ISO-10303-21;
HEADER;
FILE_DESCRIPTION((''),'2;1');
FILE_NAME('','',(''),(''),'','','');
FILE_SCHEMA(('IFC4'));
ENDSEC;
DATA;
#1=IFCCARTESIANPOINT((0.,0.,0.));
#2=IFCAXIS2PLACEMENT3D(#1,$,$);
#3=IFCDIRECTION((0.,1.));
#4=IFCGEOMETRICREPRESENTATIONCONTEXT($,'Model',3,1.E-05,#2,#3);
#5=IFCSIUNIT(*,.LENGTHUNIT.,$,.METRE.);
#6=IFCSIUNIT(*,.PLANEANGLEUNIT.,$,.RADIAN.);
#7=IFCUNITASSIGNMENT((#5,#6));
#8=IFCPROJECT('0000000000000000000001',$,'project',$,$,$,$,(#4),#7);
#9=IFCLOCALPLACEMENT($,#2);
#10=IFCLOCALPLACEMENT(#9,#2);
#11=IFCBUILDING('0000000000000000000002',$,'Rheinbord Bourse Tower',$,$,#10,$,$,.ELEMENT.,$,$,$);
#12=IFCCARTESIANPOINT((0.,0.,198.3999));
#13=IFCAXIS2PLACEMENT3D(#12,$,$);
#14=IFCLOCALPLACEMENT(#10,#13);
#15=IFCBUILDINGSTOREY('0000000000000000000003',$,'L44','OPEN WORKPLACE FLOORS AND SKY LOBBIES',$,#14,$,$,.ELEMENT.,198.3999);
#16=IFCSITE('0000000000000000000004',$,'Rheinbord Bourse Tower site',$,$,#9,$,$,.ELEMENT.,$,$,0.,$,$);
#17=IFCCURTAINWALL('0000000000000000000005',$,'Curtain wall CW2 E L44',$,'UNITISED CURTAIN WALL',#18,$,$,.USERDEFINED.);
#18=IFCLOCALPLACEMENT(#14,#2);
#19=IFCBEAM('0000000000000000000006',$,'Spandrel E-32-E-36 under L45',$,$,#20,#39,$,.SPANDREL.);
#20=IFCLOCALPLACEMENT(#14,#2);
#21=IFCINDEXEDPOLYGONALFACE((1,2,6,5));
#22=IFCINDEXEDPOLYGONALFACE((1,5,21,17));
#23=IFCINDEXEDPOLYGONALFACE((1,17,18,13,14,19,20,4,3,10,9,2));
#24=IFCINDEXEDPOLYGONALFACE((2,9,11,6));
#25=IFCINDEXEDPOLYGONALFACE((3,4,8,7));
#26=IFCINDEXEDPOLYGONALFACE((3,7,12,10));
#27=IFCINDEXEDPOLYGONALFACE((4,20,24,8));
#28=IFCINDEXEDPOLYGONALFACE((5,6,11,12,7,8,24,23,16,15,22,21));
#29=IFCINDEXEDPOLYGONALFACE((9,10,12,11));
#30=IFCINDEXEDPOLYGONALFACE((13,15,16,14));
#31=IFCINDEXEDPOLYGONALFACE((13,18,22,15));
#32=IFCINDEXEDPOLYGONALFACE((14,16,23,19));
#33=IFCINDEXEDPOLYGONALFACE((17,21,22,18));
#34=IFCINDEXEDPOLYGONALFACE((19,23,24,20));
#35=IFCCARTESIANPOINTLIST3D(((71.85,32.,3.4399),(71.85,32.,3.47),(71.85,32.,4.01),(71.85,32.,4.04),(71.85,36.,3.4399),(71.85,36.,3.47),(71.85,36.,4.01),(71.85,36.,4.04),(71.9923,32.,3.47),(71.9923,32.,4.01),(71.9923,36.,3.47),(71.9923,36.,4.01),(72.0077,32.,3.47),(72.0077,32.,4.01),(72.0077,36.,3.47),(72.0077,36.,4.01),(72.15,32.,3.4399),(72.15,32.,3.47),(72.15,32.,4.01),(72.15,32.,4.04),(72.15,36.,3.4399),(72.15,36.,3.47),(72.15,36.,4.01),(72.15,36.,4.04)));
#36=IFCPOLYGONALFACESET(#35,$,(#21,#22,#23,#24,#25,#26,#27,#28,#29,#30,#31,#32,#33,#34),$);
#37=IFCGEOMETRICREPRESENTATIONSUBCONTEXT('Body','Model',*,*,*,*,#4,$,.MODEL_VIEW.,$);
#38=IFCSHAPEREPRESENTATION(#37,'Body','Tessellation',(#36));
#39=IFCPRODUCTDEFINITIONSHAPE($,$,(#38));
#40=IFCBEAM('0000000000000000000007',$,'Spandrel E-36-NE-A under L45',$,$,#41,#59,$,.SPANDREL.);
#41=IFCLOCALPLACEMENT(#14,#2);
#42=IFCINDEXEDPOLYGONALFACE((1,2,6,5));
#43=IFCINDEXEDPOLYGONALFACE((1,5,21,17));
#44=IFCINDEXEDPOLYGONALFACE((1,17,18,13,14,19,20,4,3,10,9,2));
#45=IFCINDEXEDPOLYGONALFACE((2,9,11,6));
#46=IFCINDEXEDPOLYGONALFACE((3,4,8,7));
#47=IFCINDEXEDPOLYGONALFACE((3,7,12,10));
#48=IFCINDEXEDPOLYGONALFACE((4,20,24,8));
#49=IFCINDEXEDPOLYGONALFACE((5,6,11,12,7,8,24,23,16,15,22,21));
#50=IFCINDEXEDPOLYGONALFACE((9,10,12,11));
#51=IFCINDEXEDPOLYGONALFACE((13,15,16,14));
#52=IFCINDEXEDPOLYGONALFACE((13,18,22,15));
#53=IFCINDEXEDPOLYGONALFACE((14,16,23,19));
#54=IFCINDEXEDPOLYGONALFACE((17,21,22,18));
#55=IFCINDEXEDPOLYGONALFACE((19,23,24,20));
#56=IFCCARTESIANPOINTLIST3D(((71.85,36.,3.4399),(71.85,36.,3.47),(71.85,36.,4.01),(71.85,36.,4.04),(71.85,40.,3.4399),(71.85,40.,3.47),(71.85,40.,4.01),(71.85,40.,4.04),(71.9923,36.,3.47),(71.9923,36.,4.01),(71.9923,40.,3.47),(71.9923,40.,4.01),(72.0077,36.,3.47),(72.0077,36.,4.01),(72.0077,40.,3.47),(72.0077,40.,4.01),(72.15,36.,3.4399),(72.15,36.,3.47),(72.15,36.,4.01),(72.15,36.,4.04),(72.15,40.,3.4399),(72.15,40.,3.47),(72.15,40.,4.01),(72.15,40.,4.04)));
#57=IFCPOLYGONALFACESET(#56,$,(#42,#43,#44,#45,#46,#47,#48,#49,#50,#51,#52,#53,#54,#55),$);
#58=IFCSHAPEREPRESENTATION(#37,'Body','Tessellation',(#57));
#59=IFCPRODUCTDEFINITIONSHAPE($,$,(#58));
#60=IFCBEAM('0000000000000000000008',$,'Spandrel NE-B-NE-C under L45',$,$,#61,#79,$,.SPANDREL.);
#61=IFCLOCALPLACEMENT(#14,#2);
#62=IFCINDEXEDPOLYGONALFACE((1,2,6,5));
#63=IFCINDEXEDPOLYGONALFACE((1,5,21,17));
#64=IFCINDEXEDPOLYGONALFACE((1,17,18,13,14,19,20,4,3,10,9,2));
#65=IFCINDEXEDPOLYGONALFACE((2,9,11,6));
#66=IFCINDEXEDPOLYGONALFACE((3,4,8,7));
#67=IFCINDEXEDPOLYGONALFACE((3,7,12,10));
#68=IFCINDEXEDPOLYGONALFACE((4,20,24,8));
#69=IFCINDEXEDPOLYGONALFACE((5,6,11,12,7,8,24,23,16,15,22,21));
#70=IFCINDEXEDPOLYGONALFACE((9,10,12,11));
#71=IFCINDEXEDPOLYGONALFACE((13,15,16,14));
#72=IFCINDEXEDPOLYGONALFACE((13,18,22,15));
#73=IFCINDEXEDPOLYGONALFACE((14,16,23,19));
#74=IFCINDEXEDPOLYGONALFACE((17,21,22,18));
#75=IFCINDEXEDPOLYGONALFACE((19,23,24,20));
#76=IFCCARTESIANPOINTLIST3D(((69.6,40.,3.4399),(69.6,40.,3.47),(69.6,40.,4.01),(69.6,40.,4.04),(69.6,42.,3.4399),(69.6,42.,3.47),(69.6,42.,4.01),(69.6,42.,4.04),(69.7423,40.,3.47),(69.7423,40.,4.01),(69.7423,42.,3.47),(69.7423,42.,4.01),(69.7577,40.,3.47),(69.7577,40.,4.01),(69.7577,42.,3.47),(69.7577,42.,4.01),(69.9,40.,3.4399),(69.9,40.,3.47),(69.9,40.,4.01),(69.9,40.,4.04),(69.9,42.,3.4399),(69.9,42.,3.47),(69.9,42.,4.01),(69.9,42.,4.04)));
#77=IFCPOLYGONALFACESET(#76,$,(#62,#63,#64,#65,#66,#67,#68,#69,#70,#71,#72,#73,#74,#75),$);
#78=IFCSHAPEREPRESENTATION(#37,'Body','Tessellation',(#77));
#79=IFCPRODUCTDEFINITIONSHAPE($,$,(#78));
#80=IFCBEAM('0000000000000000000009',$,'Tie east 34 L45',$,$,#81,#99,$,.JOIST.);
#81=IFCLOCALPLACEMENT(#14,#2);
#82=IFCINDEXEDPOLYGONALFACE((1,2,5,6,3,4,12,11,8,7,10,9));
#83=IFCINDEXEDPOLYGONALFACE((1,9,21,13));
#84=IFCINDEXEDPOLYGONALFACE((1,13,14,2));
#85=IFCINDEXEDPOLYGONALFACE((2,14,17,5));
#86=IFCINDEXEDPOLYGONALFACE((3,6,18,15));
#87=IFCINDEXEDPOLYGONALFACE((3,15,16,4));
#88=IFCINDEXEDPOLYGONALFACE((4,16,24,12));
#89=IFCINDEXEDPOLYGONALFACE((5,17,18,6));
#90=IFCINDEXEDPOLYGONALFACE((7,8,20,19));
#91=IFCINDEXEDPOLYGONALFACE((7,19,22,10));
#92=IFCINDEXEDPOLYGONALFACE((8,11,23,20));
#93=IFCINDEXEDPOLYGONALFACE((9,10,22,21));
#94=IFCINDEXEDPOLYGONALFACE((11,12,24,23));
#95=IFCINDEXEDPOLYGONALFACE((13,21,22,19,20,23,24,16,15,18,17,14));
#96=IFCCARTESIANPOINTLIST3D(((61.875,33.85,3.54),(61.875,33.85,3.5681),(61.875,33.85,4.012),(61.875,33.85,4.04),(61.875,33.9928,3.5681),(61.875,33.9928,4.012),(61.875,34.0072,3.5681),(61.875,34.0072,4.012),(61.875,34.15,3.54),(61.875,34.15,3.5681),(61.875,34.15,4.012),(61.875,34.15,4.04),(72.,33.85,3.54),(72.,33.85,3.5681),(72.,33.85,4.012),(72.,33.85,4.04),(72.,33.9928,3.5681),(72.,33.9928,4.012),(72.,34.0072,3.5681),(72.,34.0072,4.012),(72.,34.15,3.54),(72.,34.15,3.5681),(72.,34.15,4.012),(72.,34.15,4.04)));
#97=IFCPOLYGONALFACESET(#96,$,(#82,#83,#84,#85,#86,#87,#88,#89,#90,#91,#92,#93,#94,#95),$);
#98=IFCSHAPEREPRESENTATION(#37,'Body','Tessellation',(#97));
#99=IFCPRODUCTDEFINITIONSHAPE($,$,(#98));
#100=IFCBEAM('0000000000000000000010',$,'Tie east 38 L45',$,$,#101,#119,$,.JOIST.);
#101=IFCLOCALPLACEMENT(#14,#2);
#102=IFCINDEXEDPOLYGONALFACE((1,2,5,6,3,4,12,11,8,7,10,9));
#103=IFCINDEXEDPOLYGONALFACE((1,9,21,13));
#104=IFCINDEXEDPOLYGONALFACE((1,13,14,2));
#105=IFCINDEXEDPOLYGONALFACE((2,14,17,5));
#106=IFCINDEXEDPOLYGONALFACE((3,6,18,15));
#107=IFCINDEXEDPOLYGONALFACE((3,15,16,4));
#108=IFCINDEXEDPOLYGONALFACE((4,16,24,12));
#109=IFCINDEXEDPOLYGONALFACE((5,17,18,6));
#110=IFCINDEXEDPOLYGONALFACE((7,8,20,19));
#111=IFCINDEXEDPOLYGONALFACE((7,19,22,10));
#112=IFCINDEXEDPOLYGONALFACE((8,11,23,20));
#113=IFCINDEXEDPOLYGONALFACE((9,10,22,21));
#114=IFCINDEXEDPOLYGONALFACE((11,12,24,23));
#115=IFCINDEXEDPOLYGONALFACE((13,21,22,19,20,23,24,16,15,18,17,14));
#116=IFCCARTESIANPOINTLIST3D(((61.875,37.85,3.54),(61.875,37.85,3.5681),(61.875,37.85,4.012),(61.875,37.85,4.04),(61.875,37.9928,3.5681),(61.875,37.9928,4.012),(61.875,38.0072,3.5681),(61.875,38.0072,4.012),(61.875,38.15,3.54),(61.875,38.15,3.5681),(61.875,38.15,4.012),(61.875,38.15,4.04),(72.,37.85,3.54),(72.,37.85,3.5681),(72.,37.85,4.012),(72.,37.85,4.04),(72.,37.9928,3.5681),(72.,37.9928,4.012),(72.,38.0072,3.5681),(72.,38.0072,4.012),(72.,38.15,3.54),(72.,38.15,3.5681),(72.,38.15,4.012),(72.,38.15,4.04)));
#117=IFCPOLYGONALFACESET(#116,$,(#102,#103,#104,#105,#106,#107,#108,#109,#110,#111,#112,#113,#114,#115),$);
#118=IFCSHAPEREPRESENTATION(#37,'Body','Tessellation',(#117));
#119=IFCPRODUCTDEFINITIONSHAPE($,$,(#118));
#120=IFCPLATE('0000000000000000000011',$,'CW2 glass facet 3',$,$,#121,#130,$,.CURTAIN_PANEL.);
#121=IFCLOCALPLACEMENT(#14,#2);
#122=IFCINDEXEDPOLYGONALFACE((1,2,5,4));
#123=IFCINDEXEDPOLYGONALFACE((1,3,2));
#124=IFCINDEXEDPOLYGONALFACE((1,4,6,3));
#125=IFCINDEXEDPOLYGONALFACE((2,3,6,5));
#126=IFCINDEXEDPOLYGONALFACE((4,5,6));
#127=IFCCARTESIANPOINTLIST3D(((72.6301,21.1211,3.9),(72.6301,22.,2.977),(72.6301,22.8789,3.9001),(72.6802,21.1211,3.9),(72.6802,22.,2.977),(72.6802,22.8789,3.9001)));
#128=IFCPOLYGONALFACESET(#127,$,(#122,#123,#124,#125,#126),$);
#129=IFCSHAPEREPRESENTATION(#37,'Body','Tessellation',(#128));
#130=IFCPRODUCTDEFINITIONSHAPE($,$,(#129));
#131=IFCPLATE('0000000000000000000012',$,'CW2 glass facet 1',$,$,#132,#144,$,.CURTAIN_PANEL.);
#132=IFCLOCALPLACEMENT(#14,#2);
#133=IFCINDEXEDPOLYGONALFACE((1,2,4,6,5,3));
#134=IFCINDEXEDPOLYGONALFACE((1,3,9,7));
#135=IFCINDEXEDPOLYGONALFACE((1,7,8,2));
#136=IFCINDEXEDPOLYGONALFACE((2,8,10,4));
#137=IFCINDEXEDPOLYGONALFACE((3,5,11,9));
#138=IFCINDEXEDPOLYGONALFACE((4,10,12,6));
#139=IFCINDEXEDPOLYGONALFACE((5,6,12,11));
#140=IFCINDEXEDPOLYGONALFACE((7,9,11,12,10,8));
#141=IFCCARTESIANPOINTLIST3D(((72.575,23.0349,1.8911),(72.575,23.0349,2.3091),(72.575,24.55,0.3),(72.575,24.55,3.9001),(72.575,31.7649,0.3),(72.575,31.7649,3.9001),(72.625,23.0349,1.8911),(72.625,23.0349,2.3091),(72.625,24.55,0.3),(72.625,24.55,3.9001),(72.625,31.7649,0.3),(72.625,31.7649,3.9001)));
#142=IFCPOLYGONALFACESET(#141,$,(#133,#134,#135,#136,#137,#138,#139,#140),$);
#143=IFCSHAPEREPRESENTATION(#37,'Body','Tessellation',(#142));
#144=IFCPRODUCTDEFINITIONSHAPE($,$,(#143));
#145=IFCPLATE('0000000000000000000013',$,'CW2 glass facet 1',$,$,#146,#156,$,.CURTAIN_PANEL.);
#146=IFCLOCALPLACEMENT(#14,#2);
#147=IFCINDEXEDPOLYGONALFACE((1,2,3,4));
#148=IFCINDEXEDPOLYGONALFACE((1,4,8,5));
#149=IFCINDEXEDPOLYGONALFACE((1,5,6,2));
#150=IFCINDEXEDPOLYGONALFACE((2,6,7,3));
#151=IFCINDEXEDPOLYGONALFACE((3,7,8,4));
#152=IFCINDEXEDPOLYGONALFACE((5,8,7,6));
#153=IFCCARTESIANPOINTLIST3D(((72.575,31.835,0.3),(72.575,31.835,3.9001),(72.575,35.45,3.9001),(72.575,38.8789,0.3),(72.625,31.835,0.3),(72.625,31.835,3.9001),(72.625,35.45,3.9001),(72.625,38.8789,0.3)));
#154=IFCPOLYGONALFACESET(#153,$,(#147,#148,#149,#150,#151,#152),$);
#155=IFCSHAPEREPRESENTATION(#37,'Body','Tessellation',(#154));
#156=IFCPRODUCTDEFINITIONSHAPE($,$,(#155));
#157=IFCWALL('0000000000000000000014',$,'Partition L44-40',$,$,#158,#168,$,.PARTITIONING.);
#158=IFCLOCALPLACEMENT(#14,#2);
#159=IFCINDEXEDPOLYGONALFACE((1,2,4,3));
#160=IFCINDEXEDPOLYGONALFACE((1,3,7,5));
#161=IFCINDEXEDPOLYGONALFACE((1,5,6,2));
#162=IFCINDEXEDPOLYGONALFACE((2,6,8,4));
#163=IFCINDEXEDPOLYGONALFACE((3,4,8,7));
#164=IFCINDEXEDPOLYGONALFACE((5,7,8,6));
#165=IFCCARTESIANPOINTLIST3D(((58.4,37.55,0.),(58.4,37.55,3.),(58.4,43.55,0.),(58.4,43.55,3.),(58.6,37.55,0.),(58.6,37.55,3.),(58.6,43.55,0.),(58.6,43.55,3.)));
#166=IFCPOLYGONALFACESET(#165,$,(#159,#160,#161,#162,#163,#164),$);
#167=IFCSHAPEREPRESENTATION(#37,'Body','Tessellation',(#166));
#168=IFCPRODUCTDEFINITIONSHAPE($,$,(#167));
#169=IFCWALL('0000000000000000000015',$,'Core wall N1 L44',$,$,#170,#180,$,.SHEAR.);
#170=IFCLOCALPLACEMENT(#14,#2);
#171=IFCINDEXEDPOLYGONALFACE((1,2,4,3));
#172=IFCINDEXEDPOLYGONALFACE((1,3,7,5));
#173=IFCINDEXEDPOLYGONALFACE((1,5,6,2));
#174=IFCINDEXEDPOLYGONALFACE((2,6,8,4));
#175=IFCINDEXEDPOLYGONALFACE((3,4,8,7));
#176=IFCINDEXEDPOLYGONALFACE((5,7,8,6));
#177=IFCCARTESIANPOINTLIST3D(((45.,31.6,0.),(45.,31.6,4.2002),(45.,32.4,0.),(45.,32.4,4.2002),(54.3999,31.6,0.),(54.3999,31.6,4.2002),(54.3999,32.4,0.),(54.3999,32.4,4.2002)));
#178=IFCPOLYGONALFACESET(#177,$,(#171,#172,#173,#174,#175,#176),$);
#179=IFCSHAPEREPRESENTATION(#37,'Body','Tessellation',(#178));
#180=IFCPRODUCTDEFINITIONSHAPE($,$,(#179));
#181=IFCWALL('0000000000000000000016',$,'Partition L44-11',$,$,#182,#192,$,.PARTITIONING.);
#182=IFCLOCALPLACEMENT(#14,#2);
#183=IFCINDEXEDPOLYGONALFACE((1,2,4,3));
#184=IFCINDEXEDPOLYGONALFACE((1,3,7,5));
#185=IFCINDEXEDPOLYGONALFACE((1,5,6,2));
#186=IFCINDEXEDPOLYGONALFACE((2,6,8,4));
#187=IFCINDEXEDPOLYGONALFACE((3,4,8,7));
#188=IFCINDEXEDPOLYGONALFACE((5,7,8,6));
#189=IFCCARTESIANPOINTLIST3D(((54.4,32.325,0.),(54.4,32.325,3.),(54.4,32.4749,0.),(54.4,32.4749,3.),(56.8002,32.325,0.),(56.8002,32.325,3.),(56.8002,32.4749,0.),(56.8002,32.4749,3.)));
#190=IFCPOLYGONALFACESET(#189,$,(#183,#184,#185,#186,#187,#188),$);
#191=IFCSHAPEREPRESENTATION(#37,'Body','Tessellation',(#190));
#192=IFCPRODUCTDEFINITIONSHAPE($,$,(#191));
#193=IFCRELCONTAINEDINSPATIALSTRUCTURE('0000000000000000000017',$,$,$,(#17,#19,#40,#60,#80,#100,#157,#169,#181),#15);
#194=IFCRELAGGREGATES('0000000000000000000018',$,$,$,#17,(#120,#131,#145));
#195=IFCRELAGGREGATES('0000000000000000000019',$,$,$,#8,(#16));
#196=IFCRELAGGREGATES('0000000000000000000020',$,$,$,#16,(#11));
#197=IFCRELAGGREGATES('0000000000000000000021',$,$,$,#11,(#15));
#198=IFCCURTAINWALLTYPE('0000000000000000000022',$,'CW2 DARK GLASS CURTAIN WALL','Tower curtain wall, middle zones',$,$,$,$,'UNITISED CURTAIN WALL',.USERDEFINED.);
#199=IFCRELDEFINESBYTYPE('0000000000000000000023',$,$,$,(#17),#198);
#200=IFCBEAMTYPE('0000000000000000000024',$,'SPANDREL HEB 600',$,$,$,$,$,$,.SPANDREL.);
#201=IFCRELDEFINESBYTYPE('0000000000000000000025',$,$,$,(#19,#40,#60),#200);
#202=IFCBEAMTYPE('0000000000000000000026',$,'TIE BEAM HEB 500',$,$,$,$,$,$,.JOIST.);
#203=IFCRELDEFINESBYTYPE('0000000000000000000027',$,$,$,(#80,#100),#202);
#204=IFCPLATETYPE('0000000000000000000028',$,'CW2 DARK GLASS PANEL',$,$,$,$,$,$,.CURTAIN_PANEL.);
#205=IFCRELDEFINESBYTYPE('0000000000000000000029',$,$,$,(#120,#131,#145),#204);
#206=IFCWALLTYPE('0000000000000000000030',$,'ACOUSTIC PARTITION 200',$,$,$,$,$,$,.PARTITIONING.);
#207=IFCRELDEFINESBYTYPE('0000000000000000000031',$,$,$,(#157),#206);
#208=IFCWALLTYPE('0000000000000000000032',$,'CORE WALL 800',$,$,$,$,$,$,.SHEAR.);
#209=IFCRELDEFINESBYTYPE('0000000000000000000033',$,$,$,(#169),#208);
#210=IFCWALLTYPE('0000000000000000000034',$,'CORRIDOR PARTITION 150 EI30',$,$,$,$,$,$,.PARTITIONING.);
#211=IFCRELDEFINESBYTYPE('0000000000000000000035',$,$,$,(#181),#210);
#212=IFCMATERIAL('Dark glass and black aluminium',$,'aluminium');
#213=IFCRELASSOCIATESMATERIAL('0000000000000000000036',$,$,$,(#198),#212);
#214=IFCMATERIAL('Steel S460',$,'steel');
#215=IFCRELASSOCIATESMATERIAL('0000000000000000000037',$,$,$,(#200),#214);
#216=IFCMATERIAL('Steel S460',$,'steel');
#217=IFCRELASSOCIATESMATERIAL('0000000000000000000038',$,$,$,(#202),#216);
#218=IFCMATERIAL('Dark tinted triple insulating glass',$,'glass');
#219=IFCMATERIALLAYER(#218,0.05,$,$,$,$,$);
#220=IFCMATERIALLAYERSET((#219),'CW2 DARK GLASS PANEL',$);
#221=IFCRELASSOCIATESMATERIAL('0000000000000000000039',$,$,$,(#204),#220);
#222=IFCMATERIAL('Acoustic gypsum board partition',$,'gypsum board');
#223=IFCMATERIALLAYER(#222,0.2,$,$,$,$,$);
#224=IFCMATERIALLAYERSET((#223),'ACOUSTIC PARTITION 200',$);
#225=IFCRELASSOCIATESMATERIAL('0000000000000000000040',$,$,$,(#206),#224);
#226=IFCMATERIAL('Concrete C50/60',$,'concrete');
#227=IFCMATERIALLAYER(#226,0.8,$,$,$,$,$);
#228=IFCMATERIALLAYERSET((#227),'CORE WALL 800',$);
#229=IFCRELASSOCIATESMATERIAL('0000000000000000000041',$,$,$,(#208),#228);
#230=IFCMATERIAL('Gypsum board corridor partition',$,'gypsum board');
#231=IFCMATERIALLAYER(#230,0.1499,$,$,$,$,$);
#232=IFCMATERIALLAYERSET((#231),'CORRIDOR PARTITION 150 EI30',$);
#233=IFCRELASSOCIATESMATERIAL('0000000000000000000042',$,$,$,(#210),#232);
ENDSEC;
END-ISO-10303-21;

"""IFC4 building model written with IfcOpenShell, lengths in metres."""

from ifc_helpers import new_model, si_unit, direction, frame, frame_2d, origin, origin_2d, place, context, subcontext, project, spatial, polyline, rectangle, i_section, outline, extrude, material, layer, layer_set, material_profile, profile_set, type_object, element, aggregate, save


model = new_model("IFC4")

# Units and contexts
model_context = context("Model", 3, precision=1e-05, world=origin(), true_north=direction((0.0, 1.0)))
body_context = subcontext(model_context, "Body", "Model", "MODEL_VIEW")
ifc_project = project(units=[si_unit("LENGTHUNIT", "METRE"), si_unit("PLANEANGLEUNIT", "RADIAN")], contexts=[model_context])

# Site, building, storey
site_placement = place(None, origin())
site = spatial("IfcSite", under=ifc_project, at=site_placement, Name="Rheinbord Bourse Tower site", CompositionType="ELEMENT", RefElevation=0.0)
building_placement = place(site_placement, origin())
building = spatial("IfcBuilding", under=site, at=building_placement, Name="Rheinbord Bourse Tower", CompositionType="ELEMENT")
storey_placement = place(building_placement, frame((0.0, 0.0, 198.3999)))
storey = spatial("IfcBuildingStorey", under=building, at=storey_placement, Name="L44", Description="OPEN WORKPLACE FLOORS AND SKY LOBBIES", CompositionType="ELEMENT", Elevation=198.3999)

# Curtain wall
ifc_material_1 = material(Name="Dark glass and black aluminium", Category="aluminium")
curtain_wall_type = type_object("IfcCurtainWallType", Name="CW2 DARK GLASS CURTAIN WALL", Description="Tower curtain wall, middle zones", ElementType="UNITISED CURTAIN WALL", PredefinedType="USERDEFINED", material=ifc_material_1)
curtain_wall_placement = place(storey_placement, origin())
curtain_wall = element("IfcCurtainWall", 1, at=curtain_wall_placement, inside=storey, type_object=curtain_wall_type, Name="Curtain wall CW2 E L44", ObjectType="UNITISED CURTAIN WALL", PredefinedType="USERDEFINED")

# Beams
ifc_material_2 = material(Name="Steel S460", Category="steel")
ifc_material_profile_1 = material_profile(ifc_material_2, i_section(OverallWidth=0.3, OverallDepth=0.6001, WebThickness=0.0154, FlangeThickness=0.03, at=origin_2d()), Name="HEB 600")
ifc_profile_set_1 = profile_set([ifc_material_profile_1], Name="Steel S460")
beam_type_1 = type_object("IfcBeamType", Name="SPANDREL HEB 600", PredefinedType="SPANDREL", material=ifc_profile_set_1)
for number, where, z_axis, x_axis, name in (
    (2, (72.0, 32.0, 3.74), (0.0, 1.0, 0.0), (-1.0, 0.0, 0.0), "Spandrel E-32-E-36 under L45"),
    (3, (72.0, 36.0, 3.74), (0.0, 1.0, 0.0), (-1.0, 0.0, 0.0), "Spandrel E-36-NE-A under L45"),
):
    element("IfcBeam", number, at=place(storey_placement, frame(where, z_axis=z_axis, x_axis=x_axis)), inside=storey, type_object=beam_type_1, Name=name, PredefinedType="SPANDREL", context=body_context, shape_type="SweptSolid", body=[
        extrude(i_section(OverallWidth=0.3, OverallDepth=0.6001, WebThickness=0.0154, FlangeThickness=0.03, at=origin_2d()), origin(), (0.0, 0.0, 1.0), 4.0),
    ])
beam_1_placement = place(storey_placement, frame((69.75, 40.0, 3.74), z_axis=(0.0, 1.0, 0.0), x_axis=(-1.0, 0.0, 0.0)))
element("IfcBeam", 4, at=beam_1_placement, inside=storey, type_object=beam_type_1, Name="Spandrel NE-B-NE-C under L45", PredefinedType="SPANDREL", context=body_context, shape_type="SweptSolid", body=[
    extrude(i_section(OverallWidth=0.3, OverallDepth=0.6001, WebThickness=0.0154, FlangeThickness=0.03, at=origin_2d()), origin(), (0.0, 0.0, 1.0), 2.0),
])
ifc_material_3 = material(Name="Steel S460", Category="steel")
ifc_material_profile_2 = material_profile(ifc_material_3, i_section(OverallWidth=0.3, OverallDepth=0.5, WebThickness=0.0144, FlangeThickness=0.0281, at=origin_2d()), Name="HEB 500")
ifc_profile_set_2 = profile_set([ifc_material_profile_2], Name="Steel S460")
beam_type_2 = type_object("IfcBeamType", Name="TIE BEAM HEB 500", PredefinedType="JOIST", material=ifc_profile_set_2)
for number, where, z_axis, x_axis, name in (
    (5, (61.875, 34.0, 3.79), (1.0, 0.0, 0.0), (0.0, 1.0, 0.0), "Tie east 34 L45"),
    (6, (61.875, 38.0, 3.79), (1.0, 0.0, 0.0), (0.0, 1.0, 0.0), "Tie east 38 L45"),
):
    element("IfcBeam", number, at=place(storey_placement, frame(where, z_axis=z_axis, x_axis=x_axis)), inside=storey, type_object=beam_type_2, Name=name, PredefinedType="JOIST", context=body_context, shape_type="SweptSolid", body=[
        extrude(i_section(OverallWidth=0.3, OverallDepth=0.5, WebThickness=0.0144, FlangeThickness=0.0281, at=origin_2d()), origin(), (0.0, 0.0, 1.0), 10.125),
    ])

# Plates
ifc_material_4 = material(Name="Dark tinted triple insulating glass", Category="glass")
ifc_layer_1 = layer(ifc_material_4, 0.05)
ifc_layer_set_1 = layer_set([ifc_layer_1], Name="CW2 DARK GLASS PANEL")
plate_type = type_object("IfcPlateType", Name="CW2 DARK GLASS PANEL", PredefinedType="CURTAIN_PANEL", material=ifc_layer_set_1)
plate_1_placement = place(storey_placement, frame((72.6802, 22.8789, 3.9001), z_axis=(-1.0, 0.0, 0.0), x_axis=(0.0, -0.68956, -0.724229)))
plate_1 = element("IfcPlate", 7, at=plate_1_placement, type_object=plate_type, Name="CW2 glass facet 3", PredefinedType="CURTAIN_PANEL", context=body_context, shape_type="SweptSolid", body=[
    extrude(outline(polyline([(0.0, 0.0), (1.2747, 0.0), (1.2122, 1.2729), (0.0, 0.0)])), origin(), (0.0, 0.0, 1.0), 0.05),
])
plate_2_placement = place(storey_placement, frame((72.625, 31.7649, 3.9001), z_axis=(-1.0, 0.0, 0.0), x_axis=(0.0, 0.0, -1.0)))
plate_2 = element("IfcPlate", 8, at=plate_2_placement, type_object=plate_type, Name="CW2 glass facet 1", PredefinedType="CURTAIN_PANEL", context=body_context, shape_type="SweptSolid", body=[
    extrude(outline(polyline([(0.0, 0.0), (3.6001, 0.0), (3.6001, 7.2148), (2.009, 8.73), (1.5911, 8.73), (0.0, 7.2148), (0.0, 0.0)])), origin(), (0.0, 0.0, 1.0), 0.05),
])
plate_3_placement = place(storey_placement, frame((72.625, 31.835, 0.3), z_axis=(-1.0, 0.0, 0.0), x_axis=(0.0, 0.0, 1.0)))
plate_3 = element("IfcPlate", 9, at=plate_3_placement, type_object=plate_type, Name="CW2 glass facet 1", PredefinedType="CURTAIN_PANEL", context=body_context, shape_type="SweptSolid", body=[
    extrude(outline(polyline([(0.0, 0.0), (3.6001, 0.0), (3.6001, 3.615), (0.0, 7.0439), (0.0, 0.0)])), origin(), (0.0, 0.0, 1.0), 0.05),
])
aggregate(curtain_wall, [plate_1, plate_2, plate_3])

# Walls
ifc_material_5 = material(Name="Acoustic gypsum board partition", Category="gypsum board")
ifc_layer_2 = layer(ifc_material_5, 0.2)
ifc_layer_set_2 = layer_set([ifc_layer_2], Name="ACOUSTIC PARTITION 200")
wall_type_1 = type_object("IfcWallType", Name="ACOUSTIC PARTITION 200", PredefinedType="PARTITIONING", material=ifc_layer_set_2)
wall_1_placement = place(storey_placement, frame((58.5, 37.55, 0.0), z_axis=(0.0, 0.0, 1.0), x_axis=(0.0, 1.0, 0.0)))
element("IfcWall", 10, at=wall_1_placement, inside=storey, type_object=wall_type_1, Name="Partition L44-40", PredefinedType="PARTITIONING", context=body_context, shape_type="SweptSolid", body=[
    extrude(rectangle(XDim=6.0, YDim=0.2, at=frame_2d((3.0, 0.0))), origin(), (0.0, 0.0, 1.0), 3.0),
])
ifc_material_6 = material(Name="Concrete C50/60", Category="concrete")
ifc_layer_3 = layer(ifc_material_6, 0.8)
ifc_layer_set_3 = layer_set([ifc_layer_3], Name="CORE WALL 800")
wall_type_2 = type_object("IfcWallType", Name="CORE WALL 800", PredefinedType="SHEAR", material=ifc_layer_set_3)
wall_2_placement = place(storey_placement, frame((54.3999, 32.0, 0.0), z_axis=(0.0, 0.0, 1.0), x_axis=(-1.0, 0.0, 0.0)))
element("IfcWall", 11, at=wall_2_placement, inside=storey, type_object=wall_type_2, Name="Core wall N1 L44", PredefinedType="SHEAR", context=body_context, shape_type="SweptSolid", body=[
    extrude(rectangle(XDim=9.3999, YDim=0.8, at=frame_2d((4.7, 0.0))), origin(), (0.0, 0.0, 1.0), 4.2002),
])
ifc_material_7 = material(Name="Gypsum board corridor partition", Category="gypsum board")
ifc_layer_4 = layer(ifc_material_7, 0.1499)
ifc_layer_set_4 = layer_set([ifc_layer_4], Name="CORRIDOR PARTITION 150 EI30")
wall_type_3 = type_object("IfcWallType", Name="CORRIDOR PARTITION 150 EI30", PredefinedType="PARTITIONING", material=ifc_layer_set_4)
wall_3_placement = place(storey_placement, frame((54.3999, 32.3999, 0.0), z_axis=(0.0, 0.0, 1.0), x_axis=(1.0, 0.0, 0.0)))
element("IfcWall", 12, at=wall_3_placement, inside=storey, type_object=wall_type_3, Name="Partition L44-11", PredefinedType="PARTITIONING", context=body_context, shape_type="SweptSolid", body=[
    extrude(rectangle(XDim=2.4001, YDim=0.1499, at=frame_2d((1.2002, 0.0))), origin(), (0.0, 0.0, 1.0), 3.0),
])

save(model, "model.ifc")
